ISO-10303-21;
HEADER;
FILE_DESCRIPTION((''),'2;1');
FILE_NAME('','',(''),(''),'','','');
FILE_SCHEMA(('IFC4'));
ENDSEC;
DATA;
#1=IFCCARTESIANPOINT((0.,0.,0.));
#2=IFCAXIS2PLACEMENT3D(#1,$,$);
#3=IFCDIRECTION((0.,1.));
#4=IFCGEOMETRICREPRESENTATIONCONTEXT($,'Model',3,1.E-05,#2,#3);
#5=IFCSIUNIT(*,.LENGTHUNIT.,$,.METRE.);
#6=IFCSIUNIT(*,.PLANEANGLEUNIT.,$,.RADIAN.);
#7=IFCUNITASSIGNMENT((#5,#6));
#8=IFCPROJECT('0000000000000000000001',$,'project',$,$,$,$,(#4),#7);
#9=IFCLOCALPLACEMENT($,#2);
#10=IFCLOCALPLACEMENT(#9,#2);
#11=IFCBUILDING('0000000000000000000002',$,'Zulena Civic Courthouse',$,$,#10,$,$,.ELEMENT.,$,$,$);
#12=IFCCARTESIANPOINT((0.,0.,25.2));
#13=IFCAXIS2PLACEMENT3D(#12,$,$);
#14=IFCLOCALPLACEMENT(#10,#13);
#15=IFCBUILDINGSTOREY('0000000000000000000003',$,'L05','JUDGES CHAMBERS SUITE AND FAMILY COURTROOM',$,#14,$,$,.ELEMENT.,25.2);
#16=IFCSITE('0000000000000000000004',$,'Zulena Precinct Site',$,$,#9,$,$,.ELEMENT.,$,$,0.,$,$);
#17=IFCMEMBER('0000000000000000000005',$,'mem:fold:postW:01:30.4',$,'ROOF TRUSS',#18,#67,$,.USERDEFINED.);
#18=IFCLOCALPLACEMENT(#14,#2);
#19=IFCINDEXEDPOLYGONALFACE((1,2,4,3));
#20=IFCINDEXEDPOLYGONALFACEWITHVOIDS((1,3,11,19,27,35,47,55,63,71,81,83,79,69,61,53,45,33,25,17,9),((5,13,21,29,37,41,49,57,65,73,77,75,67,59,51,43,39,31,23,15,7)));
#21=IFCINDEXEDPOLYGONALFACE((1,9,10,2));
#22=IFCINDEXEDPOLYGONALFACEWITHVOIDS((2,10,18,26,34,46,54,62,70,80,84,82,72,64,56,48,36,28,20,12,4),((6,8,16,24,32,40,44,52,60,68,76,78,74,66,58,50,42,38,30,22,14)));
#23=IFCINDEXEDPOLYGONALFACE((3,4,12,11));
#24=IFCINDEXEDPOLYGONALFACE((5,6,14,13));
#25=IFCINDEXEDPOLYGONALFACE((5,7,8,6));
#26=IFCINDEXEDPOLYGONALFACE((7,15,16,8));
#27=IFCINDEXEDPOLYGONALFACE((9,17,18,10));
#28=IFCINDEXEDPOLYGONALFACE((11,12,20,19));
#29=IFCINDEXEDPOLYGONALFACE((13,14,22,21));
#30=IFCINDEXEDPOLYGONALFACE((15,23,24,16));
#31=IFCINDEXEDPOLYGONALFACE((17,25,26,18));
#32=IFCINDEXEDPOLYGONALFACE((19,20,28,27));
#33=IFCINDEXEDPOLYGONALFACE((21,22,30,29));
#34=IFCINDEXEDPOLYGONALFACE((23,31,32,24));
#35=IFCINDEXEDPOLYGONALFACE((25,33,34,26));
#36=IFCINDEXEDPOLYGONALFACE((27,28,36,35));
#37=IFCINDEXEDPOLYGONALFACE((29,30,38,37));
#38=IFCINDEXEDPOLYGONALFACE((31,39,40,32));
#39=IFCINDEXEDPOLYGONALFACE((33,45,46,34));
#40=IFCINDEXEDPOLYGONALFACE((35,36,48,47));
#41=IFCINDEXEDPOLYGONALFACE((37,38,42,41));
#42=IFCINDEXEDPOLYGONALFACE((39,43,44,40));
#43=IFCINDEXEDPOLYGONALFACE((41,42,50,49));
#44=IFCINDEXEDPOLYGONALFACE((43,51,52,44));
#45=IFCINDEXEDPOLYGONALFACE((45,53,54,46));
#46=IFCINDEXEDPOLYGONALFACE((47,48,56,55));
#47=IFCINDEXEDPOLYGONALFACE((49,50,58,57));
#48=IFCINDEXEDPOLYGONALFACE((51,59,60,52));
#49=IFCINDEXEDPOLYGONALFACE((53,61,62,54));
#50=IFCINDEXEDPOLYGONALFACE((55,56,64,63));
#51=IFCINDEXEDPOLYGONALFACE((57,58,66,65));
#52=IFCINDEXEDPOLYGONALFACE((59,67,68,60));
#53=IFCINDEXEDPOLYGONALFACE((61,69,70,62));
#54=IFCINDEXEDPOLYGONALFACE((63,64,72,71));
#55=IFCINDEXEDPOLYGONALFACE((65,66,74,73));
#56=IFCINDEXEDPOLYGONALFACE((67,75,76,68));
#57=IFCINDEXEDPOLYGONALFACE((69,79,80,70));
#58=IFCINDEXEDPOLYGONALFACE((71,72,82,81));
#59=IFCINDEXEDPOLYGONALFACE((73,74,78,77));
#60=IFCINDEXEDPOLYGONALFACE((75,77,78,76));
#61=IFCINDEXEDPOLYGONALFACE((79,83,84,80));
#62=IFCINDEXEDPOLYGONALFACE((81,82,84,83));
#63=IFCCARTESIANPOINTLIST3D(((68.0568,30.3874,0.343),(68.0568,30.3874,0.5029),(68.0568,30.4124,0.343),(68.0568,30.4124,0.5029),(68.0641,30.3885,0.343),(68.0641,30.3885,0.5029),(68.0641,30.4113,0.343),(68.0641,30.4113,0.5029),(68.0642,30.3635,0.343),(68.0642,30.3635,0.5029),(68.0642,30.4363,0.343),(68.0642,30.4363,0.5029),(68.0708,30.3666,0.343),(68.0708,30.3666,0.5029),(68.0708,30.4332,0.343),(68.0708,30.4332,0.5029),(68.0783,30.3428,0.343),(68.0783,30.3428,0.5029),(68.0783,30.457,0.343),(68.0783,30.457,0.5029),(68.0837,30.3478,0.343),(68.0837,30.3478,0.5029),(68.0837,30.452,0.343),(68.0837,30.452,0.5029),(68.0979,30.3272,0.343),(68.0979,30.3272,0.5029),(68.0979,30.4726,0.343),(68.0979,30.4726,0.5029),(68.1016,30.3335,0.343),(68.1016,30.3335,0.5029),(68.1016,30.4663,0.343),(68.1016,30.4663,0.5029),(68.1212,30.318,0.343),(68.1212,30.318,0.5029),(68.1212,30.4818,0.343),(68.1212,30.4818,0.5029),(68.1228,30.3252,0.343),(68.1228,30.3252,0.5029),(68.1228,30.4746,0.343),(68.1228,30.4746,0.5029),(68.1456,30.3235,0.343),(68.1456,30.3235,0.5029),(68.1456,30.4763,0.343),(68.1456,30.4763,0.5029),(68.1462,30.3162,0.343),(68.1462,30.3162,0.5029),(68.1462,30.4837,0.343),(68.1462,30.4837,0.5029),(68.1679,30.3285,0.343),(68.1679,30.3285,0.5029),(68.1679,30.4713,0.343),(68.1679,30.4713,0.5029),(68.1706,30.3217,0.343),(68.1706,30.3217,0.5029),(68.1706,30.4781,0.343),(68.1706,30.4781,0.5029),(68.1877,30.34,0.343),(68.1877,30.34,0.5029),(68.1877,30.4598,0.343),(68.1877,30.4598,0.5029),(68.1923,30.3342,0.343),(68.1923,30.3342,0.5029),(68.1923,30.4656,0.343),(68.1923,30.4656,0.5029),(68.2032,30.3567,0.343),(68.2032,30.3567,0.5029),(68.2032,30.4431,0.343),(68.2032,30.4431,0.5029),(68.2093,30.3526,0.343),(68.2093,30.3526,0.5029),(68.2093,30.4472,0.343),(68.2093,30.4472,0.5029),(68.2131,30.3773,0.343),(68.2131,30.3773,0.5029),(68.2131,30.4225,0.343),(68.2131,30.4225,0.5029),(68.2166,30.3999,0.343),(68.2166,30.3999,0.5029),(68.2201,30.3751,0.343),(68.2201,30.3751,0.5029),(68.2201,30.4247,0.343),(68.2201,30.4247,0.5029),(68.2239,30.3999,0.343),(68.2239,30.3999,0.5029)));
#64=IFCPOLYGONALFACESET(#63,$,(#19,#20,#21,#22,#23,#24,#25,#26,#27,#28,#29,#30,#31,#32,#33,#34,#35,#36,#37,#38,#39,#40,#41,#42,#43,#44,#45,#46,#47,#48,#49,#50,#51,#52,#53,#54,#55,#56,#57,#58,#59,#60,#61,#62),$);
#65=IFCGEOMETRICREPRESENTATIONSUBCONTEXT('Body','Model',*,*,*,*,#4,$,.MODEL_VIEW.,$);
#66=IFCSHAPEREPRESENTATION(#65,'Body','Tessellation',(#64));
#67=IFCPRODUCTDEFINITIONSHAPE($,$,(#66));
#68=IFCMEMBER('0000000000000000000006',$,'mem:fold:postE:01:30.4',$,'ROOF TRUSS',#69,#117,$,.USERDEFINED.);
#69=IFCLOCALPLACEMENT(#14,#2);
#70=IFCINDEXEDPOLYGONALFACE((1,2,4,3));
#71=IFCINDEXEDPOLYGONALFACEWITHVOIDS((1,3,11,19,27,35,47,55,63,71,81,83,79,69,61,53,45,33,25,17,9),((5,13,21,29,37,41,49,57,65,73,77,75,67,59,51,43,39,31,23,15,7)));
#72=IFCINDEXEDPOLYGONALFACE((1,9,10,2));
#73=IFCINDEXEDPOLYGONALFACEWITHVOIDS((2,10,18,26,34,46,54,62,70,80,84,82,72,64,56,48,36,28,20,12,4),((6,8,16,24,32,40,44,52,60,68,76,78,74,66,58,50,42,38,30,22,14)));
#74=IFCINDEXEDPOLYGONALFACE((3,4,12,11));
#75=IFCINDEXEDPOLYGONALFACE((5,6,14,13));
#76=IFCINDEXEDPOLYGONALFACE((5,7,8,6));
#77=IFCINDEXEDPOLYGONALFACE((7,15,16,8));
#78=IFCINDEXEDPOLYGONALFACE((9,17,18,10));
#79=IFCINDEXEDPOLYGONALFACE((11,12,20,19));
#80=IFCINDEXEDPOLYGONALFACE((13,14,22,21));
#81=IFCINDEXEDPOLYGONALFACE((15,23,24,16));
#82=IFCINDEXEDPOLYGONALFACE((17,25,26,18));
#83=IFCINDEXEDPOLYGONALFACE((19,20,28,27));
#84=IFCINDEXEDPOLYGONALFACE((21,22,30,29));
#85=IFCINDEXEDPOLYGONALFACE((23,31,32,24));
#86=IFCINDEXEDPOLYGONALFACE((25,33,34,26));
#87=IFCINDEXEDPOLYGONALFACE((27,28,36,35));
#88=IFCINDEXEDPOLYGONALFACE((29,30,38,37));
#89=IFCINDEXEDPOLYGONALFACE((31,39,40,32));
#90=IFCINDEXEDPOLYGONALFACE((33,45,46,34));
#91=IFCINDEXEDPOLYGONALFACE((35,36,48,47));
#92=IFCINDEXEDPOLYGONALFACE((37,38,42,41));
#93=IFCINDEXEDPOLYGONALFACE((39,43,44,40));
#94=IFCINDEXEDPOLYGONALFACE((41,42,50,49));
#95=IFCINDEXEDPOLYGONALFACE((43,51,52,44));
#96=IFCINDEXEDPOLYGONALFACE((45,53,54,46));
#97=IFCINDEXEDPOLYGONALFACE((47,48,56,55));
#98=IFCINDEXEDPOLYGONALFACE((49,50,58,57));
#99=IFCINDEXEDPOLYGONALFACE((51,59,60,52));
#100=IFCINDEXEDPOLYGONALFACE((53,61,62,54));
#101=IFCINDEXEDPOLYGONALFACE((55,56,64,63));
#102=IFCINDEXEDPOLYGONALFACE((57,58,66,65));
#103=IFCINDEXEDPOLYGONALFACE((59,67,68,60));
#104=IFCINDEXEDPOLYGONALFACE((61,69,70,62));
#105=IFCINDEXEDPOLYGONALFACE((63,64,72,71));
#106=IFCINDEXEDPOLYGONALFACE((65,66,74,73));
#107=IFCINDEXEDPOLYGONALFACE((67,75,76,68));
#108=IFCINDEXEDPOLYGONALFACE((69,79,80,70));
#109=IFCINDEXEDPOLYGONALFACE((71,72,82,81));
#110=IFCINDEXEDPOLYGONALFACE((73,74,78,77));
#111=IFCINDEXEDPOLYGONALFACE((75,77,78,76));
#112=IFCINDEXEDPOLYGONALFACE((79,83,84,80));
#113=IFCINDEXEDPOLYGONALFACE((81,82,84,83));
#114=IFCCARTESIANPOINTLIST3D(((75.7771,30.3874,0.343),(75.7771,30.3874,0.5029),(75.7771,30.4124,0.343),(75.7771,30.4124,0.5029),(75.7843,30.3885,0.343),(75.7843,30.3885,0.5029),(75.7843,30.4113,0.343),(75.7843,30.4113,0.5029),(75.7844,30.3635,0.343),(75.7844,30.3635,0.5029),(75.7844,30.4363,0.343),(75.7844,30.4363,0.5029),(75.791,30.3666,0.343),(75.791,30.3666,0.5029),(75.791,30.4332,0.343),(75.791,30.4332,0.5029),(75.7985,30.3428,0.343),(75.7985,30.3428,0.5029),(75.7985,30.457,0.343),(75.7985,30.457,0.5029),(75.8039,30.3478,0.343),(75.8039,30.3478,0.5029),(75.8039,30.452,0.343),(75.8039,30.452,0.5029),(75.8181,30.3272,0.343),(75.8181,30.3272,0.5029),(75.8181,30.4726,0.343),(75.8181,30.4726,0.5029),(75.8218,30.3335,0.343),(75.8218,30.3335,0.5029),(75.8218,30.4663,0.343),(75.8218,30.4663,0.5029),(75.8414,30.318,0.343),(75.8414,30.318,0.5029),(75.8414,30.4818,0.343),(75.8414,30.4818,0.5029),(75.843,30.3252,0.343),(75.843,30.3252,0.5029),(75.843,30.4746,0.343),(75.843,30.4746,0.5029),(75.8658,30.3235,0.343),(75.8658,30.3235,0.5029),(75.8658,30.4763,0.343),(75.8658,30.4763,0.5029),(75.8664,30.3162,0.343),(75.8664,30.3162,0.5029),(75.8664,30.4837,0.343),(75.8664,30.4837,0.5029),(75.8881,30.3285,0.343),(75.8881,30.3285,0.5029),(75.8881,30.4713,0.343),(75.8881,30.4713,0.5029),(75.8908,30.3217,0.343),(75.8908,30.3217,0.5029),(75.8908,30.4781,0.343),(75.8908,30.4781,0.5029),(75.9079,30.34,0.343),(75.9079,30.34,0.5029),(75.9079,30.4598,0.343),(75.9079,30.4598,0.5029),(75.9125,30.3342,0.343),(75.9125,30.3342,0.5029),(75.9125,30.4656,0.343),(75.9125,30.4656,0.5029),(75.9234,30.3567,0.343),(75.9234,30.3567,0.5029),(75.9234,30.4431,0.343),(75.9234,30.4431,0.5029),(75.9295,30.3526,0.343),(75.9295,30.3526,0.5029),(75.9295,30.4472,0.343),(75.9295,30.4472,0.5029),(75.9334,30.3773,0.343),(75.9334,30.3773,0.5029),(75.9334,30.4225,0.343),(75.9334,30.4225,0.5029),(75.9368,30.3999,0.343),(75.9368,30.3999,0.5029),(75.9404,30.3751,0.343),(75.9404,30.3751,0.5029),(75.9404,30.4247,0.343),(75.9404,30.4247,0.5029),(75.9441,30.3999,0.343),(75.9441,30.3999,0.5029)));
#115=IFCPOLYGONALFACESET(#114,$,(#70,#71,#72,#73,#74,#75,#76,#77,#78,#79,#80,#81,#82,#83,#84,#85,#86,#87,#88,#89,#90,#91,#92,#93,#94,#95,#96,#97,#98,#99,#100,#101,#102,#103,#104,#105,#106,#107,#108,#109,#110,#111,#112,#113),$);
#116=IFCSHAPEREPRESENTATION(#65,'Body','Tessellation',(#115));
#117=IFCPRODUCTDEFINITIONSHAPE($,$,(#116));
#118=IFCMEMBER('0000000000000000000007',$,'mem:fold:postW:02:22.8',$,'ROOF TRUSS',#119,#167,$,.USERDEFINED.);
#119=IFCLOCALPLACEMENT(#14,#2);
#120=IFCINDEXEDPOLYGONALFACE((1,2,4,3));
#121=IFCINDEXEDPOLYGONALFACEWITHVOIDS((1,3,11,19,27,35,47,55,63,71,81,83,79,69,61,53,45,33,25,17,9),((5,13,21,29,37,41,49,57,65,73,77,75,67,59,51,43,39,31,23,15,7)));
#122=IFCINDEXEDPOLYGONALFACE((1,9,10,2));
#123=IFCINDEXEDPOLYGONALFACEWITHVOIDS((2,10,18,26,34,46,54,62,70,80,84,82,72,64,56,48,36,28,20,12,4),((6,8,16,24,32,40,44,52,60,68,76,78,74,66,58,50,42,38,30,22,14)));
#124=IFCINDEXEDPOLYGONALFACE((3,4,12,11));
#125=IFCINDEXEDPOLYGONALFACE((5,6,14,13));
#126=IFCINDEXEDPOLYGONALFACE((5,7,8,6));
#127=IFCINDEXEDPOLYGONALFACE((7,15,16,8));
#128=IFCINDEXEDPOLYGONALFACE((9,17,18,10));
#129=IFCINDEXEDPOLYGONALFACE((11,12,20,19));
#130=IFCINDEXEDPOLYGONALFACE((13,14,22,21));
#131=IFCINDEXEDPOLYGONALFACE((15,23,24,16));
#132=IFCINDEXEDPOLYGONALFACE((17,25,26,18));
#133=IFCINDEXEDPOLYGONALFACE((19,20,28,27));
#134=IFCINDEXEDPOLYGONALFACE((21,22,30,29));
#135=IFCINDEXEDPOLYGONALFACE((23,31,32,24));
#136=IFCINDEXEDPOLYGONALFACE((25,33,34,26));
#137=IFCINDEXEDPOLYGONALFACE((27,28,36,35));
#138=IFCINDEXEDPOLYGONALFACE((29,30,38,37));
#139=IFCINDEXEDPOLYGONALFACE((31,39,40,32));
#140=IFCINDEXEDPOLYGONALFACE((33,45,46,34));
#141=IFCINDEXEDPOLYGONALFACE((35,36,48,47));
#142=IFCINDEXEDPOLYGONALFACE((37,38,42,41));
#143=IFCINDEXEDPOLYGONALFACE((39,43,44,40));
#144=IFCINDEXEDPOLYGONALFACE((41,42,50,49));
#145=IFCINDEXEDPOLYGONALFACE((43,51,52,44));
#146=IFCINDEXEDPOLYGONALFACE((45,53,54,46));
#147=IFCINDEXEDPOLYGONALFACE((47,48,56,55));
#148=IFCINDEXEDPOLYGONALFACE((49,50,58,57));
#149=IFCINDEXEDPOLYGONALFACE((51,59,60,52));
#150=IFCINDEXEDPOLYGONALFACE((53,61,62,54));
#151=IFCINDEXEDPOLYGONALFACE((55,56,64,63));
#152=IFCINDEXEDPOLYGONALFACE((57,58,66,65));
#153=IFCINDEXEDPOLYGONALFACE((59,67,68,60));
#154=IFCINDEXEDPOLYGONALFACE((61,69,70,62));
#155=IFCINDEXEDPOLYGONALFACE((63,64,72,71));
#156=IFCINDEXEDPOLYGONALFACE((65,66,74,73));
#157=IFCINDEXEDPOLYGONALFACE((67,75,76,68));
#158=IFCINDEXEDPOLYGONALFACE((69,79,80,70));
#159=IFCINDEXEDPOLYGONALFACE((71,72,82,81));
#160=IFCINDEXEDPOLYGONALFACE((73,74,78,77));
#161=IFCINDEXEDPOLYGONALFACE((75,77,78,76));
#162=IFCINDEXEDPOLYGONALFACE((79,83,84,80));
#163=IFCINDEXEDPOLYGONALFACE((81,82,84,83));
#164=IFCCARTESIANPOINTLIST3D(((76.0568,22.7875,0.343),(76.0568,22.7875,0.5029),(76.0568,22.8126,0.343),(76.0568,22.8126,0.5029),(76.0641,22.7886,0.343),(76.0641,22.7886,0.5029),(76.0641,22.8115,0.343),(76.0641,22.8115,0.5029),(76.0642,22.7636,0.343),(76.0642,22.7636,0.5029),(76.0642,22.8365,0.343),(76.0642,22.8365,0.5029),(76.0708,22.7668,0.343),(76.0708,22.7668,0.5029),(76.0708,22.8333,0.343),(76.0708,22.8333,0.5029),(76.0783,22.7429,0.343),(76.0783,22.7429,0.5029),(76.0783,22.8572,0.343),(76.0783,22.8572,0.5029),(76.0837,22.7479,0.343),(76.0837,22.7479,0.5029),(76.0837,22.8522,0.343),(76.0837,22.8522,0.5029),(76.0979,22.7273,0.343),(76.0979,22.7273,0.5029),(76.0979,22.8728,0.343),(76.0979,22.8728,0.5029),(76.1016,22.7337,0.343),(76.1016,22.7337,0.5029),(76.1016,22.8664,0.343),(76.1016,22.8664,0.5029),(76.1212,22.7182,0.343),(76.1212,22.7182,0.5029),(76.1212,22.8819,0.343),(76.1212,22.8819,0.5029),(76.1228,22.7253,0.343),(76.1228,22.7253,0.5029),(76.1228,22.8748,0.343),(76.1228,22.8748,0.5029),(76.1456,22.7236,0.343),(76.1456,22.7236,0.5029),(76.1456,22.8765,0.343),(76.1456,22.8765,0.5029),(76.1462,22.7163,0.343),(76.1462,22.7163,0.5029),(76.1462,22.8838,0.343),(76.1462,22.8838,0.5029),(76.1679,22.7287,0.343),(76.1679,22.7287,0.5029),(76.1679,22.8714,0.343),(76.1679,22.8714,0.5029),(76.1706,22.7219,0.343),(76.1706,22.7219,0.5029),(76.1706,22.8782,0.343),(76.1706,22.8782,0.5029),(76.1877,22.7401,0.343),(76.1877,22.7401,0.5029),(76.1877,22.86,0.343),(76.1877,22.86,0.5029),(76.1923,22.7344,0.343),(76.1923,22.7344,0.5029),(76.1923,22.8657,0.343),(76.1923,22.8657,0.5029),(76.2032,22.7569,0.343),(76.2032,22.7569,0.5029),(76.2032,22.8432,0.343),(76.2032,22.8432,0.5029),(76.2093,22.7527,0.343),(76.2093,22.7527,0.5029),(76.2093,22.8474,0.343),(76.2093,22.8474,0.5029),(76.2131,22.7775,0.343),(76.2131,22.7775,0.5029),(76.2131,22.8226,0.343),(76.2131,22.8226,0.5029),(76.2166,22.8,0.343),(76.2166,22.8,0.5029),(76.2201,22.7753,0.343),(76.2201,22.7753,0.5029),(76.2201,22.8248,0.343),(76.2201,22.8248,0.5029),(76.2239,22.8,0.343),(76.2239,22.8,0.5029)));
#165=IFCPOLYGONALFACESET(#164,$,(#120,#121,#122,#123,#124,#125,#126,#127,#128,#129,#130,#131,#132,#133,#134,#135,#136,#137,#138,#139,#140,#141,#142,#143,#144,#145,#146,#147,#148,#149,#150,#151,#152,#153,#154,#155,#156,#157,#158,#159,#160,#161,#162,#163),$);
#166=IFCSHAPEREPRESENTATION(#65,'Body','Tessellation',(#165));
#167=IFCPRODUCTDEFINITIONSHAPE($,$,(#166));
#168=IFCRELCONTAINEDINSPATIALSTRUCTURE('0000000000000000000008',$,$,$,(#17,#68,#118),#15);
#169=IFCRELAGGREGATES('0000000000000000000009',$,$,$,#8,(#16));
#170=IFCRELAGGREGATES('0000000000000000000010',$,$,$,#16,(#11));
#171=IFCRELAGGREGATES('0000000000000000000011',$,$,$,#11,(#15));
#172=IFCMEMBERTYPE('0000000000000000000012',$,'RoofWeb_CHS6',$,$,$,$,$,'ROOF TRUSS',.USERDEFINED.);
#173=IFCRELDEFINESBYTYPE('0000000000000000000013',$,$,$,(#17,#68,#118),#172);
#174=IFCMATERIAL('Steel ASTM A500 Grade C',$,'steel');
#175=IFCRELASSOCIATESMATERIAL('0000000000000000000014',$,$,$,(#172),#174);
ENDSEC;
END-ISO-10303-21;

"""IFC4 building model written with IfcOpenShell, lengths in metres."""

from ifc_helpers import new_model, si_unit, direction, frame, origin, origin_2d, place, context, subcontext, project, spatial, hollow_circle, extrude, material, material_profile, profile_set, type_object, element, save


model = new_model("IFC4")

# Units and contexts
model_context = context("Model", 3, precision=1e-05, world=origin(), true_north=direction((0.0, 1.0)))
body_context = subcontext(model_context, "Body", "Model", "MODEL_VIEW")
ifc_project = project(units=[si_unit("LENGTHUNIT", "METRE"), si_unit("PLANEANGLEUNIT", "RADIAN")], contexts=[model_context])

# Site, building, storey
site_placement = place(None, origin())
site = spatial("IfcSite", under=ifc_project, at=site_placement, Name="Zulena Precinct Site", CompositionType="ELEMENT", RefElevation=0.0)
building_placement = place(site_placement, origin())
building = spatial("IfcBuilding", under=site, at=building_placement, Name="Zulena Civic Courthouse", CompositionType="ELEMENT")
storey_placement = place(building_placement, frame((0.0, 0.0, 25.2)))
storey = spatial("IfcBuildingStorey", under=building, at=storey_placement, Name="L05", Description="JUDGES CHAMBERS SUITE AND FAMILY COURTROOM", CompositionType="ELEMENT", Elevation=25.2)

# Members
ifc_material_1 = material(Name="Steel ASTM A500 Grade C", Category="steel")
ifc_material_profile_1 = material_profile(ifc_material_1, hollow_circle(Radius=0.084, WallThickness=0.0073, at=origin_2d()), Name="HSS6.625X0.312")
ifc_profile_set_1 = profile_set([ifc_material_profile_1], Name="Steel ASTM A500 Grade C")
member_type_1 = type_object("IfcMemberType", Name="RoofWeb_CHS6", ElementType="ROOF TRUSS", PredefinedType="USERDEFINED", material=ifc_profile_set_1)
for number, where, z_axis, x_axis, name in (
    (1, (68.1399, 30.3999, 0.343), (0.0, 0.0, 1.0), (1.0, 0.0, 0.0), "mem:fold:postW:01:30.4"),
    (2, (75.8601, 30.3999, 0.343), (0.0, 0.0, 1.0), (1.0, 0.0, 0.0), "mem:fold:postE:01:30.4"),
    (3, (76.1399, 22.8, 0.343), (0.0, 0.0, 1.0), (1.0, 0.0, 0.0), "mem:fold:postW:02:22.8"),
):
    element("IfcMember", number, at=place(storey_placement, frame(where, z_axis=z_axis, x_axis=x_axis)), inside=storey, type_object=member_type_1, Name=name, ObjectType="ROOF TRUSS", PredefinedType="USERDEFINED", context=body_context, shape_type="SweptSolid", body=[
        extrude(hollow_circle(Radius=0.084, WallThickness=0.0073, at=origin_2d()), origin(), (0.0, 0.0, 1.0), 0.1599),
    ])

save(model, "model.ifc")
